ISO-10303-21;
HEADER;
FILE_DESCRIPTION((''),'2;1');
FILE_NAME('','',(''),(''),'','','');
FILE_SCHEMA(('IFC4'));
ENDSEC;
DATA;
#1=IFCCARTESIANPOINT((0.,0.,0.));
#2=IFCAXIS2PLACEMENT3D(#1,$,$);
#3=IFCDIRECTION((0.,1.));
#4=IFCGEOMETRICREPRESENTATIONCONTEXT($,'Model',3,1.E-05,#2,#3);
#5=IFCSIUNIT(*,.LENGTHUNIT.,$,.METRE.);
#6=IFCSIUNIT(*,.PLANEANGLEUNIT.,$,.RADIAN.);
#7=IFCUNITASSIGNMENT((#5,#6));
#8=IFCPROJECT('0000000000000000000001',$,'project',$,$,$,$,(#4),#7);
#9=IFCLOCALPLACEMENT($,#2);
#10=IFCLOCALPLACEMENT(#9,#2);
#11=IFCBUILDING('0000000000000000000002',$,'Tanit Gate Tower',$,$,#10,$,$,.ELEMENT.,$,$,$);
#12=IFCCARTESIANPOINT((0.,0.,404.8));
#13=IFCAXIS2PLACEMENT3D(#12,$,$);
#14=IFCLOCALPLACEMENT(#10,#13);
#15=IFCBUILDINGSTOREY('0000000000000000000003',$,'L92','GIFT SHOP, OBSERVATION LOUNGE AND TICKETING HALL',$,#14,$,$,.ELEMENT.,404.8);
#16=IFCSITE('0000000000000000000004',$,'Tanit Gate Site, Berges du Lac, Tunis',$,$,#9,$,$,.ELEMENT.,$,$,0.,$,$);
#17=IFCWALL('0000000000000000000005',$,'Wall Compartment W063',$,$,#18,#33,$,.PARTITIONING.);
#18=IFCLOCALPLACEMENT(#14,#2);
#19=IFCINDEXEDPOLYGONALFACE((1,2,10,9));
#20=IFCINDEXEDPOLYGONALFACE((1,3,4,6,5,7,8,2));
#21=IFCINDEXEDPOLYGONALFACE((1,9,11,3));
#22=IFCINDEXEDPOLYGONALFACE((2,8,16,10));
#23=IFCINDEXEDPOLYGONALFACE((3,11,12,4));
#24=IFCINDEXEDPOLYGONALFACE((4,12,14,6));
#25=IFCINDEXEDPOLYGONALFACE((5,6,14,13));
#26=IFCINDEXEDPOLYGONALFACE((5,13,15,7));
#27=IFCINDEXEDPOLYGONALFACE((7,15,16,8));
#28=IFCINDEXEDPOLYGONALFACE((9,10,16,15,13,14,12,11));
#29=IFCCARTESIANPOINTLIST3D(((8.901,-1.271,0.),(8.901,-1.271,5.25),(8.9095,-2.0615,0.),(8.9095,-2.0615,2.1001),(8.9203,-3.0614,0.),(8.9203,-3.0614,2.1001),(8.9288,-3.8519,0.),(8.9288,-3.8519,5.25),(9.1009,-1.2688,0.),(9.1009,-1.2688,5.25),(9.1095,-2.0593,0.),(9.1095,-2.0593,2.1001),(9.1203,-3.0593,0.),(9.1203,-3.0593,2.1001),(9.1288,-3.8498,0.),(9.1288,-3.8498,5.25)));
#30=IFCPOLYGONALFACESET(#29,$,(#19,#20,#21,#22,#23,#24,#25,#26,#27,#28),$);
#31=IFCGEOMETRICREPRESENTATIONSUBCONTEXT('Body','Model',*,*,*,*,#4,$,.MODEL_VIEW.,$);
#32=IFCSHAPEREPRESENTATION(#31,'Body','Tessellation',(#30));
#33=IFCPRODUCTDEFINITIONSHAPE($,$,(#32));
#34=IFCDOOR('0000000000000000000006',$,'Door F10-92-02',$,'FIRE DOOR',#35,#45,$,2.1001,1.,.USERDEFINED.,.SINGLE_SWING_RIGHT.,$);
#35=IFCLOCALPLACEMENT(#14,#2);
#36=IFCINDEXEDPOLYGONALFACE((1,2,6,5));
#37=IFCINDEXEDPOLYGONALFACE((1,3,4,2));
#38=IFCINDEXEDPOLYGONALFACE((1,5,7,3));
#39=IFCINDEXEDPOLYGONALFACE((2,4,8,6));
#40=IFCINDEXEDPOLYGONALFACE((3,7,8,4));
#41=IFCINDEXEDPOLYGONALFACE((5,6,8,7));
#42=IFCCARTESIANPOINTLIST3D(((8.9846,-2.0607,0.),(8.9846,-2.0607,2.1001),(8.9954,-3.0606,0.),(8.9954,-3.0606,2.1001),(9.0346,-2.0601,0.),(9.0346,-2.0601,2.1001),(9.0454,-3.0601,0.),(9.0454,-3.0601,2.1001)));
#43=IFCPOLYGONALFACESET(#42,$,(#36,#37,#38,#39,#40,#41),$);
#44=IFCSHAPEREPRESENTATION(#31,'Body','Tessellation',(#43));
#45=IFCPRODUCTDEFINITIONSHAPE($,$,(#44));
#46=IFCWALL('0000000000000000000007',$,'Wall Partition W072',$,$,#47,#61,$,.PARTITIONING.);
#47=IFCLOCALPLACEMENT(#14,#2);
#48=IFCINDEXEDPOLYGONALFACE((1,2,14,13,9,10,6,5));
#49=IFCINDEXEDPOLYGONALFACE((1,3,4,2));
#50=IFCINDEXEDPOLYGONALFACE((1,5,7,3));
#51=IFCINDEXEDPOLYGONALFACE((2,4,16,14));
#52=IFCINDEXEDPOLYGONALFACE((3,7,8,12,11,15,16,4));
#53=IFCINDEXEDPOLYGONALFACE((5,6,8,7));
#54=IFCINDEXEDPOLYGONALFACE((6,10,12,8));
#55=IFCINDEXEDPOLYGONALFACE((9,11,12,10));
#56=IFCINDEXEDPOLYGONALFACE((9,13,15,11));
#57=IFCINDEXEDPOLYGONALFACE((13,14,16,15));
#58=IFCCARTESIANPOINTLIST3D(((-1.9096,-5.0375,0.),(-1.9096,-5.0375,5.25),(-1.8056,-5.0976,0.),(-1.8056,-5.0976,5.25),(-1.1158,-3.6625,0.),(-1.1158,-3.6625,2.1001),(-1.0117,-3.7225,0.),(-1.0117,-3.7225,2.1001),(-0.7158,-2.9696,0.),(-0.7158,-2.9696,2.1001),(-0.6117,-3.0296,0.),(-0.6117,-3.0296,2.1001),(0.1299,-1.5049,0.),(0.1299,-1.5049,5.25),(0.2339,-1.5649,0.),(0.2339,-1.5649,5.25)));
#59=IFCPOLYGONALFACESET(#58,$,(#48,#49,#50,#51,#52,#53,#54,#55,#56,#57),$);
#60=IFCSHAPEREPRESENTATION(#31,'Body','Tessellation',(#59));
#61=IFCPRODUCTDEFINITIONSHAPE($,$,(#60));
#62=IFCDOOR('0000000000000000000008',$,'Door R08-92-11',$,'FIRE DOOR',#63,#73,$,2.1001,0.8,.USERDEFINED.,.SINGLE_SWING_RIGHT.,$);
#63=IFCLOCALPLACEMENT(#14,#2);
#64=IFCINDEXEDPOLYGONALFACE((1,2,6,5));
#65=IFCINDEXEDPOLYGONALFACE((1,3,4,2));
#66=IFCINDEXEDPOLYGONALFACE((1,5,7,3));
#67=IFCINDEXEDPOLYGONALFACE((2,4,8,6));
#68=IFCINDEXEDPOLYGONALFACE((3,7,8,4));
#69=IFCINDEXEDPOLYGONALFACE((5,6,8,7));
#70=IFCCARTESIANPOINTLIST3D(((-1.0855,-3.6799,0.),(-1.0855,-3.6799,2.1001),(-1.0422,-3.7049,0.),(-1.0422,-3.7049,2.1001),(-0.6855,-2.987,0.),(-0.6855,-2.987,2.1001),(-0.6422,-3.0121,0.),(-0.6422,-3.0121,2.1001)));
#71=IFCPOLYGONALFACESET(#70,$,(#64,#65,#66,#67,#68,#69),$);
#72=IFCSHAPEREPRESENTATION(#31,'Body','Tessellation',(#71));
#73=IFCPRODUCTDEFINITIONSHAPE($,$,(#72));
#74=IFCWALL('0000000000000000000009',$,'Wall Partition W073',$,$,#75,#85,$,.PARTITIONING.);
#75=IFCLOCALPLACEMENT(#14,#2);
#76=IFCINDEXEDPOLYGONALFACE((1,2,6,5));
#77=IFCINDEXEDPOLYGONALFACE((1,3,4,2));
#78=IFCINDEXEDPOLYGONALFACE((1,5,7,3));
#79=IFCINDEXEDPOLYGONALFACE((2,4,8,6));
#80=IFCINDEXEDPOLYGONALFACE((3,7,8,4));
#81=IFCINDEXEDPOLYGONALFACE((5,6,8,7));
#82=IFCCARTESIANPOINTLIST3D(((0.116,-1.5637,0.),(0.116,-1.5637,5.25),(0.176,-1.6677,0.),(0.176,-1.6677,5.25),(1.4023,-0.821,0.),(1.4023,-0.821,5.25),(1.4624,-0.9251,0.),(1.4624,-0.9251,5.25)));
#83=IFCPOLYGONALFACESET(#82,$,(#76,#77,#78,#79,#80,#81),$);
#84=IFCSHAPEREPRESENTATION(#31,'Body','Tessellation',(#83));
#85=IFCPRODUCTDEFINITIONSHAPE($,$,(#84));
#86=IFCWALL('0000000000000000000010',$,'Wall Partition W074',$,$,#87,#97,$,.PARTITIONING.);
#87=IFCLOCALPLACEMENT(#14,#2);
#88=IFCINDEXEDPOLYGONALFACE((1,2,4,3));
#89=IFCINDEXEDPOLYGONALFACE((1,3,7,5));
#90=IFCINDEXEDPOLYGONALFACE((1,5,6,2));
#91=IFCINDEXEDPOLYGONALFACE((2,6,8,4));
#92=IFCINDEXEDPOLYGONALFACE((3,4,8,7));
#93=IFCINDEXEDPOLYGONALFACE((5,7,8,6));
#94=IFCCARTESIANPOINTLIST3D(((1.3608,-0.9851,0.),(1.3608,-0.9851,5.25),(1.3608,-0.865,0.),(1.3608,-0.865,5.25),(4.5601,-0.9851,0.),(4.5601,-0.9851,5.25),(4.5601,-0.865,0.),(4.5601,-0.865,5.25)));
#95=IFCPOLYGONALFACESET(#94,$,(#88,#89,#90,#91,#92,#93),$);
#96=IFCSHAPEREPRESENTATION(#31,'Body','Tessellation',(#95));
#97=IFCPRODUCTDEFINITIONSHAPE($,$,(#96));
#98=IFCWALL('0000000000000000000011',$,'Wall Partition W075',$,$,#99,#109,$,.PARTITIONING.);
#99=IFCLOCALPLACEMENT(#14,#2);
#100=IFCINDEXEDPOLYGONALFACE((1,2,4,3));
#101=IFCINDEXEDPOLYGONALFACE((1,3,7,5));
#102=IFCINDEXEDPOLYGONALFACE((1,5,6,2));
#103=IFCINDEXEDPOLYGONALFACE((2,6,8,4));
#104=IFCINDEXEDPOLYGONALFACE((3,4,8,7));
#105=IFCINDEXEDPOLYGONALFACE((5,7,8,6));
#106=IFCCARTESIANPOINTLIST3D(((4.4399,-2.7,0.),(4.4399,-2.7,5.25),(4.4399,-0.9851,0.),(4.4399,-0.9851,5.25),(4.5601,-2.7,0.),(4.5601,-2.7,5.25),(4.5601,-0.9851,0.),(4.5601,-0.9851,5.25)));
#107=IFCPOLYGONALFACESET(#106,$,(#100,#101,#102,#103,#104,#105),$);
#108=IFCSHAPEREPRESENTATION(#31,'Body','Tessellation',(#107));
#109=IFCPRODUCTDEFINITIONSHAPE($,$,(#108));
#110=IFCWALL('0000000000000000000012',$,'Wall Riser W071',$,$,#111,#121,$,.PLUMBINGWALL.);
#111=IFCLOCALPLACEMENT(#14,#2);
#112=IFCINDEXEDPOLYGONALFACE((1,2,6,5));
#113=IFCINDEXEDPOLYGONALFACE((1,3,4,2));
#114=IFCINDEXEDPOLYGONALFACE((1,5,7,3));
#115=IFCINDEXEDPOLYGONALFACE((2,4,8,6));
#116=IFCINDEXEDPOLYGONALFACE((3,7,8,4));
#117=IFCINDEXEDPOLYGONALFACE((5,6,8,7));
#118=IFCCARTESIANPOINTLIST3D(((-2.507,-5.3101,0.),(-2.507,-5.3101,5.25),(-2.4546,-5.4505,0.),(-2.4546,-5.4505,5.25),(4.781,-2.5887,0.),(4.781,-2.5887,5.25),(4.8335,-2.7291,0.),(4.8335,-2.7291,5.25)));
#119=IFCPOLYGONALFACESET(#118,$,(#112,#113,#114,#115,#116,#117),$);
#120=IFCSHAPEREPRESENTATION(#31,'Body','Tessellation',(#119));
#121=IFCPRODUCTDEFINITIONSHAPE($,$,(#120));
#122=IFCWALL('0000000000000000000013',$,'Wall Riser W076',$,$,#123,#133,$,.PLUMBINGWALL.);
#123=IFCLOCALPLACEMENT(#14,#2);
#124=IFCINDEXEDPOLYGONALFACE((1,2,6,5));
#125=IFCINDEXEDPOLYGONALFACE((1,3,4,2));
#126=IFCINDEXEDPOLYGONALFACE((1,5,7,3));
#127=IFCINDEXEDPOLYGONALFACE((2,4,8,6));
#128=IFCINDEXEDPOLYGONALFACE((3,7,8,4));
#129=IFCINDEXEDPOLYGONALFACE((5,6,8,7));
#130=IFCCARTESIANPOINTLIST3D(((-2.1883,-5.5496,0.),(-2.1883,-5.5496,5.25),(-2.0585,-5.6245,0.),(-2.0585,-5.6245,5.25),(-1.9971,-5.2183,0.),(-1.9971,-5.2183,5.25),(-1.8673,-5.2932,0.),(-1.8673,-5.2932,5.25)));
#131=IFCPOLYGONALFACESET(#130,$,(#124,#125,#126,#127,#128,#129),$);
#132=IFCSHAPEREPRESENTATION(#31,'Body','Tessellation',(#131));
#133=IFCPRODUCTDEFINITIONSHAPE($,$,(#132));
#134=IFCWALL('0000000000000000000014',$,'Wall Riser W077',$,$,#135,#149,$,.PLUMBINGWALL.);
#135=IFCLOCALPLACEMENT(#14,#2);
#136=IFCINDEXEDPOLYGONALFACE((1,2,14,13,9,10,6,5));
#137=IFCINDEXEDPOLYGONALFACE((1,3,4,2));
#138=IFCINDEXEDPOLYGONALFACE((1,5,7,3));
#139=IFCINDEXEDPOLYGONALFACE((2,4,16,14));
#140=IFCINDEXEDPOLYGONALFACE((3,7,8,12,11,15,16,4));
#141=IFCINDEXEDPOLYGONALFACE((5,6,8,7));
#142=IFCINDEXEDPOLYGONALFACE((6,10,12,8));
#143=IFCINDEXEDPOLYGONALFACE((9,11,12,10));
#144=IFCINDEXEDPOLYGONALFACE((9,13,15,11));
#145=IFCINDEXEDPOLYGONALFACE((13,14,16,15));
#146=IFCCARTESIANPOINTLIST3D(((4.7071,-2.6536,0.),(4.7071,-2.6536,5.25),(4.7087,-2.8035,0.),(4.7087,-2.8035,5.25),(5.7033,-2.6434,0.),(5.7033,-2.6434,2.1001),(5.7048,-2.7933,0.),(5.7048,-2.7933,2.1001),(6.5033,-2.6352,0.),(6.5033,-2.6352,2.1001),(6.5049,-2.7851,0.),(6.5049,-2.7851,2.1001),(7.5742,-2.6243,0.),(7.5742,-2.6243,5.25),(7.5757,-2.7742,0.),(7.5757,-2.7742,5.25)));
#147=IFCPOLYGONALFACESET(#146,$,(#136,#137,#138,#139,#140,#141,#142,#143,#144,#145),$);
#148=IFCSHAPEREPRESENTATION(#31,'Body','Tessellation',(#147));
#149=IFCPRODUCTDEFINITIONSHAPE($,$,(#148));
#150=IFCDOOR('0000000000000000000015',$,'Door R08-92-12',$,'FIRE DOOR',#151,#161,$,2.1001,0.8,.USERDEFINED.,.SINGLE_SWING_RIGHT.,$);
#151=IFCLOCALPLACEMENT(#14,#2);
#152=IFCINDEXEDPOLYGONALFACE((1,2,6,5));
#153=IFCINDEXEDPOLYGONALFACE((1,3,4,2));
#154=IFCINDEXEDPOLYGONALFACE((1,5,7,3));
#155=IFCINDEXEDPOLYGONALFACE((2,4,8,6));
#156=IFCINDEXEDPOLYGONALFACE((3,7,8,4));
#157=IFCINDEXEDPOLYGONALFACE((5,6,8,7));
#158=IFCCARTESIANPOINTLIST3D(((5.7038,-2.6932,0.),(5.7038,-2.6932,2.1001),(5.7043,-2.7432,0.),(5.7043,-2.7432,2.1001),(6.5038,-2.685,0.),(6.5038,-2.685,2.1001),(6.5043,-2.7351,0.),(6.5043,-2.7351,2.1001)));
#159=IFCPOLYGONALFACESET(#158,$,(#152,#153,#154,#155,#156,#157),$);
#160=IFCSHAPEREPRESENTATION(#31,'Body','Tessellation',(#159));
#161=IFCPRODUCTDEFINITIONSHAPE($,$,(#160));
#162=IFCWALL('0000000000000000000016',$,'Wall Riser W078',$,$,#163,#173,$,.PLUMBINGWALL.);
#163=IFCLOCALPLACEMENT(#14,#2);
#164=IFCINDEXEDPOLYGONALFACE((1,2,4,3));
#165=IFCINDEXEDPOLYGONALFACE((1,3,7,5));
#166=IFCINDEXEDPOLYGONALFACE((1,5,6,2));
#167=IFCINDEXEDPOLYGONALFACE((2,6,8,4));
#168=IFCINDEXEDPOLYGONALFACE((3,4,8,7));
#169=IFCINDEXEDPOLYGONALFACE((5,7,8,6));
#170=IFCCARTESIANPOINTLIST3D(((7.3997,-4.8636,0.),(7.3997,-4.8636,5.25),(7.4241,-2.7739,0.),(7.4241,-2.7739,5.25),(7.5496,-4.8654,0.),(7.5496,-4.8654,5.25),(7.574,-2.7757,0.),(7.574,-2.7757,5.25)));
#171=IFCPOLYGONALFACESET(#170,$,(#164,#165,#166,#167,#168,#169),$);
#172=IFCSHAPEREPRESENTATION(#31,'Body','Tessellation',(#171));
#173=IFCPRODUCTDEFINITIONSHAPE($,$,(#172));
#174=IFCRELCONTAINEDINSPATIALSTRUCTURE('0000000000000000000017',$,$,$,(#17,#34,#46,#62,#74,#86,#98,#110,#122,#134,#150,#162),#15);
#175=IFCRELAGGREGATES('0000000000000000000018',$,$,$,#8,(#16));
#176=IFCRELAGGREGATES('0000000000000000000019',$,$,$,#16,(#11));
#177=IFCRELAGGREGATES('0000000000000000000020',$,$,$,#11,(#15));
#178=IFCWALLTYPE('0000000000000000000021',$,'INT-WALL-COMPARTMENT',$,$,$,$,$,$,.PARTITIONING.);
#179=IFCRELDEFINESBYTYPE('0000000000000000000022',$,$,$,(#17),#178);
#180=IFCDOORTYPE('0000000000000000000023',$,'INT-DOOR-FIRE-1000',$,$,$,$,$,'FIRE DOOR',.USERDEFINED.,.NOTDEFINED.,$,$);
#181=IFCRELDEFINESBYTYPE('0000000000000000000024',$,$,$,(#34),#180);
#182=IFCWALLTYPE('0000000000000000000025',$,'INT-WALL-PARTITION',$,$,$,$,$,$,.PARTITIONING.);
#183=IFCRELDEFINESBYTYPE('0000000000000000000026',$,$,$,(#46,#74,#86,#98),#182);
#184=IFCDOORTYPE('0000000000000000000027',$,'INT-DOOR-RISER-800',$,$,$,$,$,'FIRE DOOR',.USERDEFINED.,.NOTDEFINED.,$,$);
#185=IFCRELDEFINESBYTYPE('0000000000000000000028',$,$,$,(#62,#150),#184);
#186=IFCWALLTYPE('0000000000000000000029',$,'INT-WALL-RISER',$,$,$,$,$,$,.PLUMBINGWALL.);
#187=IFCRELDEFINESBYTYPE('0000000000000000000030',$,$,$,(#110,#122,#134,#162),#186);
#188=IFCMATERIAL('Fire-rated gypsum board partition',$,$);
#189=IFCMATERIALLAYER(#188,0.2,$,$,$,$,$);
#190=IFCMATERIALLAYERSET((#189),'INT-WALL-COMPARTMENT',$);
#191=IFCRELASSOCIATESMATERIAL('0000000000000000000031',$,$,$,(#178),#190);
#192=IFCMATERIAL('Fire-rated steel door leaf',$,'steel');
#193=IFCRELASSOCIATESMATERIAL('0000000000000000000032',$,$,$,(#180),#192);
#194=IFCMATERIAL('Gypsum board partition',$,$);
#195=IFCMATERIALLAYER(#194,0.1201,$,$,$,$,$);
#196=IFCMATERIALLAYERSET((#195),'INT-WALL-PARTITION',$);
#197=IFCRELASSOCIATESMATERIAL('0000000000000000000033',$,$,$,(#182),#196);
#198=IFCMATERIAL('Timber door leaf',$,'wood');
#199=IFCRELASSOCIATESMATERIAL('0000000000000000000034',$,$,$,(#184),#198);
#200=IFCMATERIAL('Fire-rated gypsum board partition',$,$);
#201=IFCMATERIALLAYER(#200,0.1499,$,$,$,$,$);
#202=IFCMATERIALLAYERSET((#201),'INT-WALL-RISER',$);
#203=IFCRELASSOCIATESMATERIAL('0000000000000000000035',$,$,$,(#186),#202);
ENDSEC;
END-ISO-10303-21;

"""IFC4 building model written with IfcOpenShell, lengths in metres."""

from ifc_helpers import new_model, si_unit, direction, frame, frame_2d, origin, place, context, subcontext, project, spatial, rectangle, extrude, material, layer, layer_set, type_object, element, fill, save


model = new_model("IFC4")

# Units and contexts
model_context = context("Model", 3, precision=1e-05, world=origin(), true_north=direction((0.0, 1.0)))
body_context = subcontext(model_context, "Body", "Model", "MODEL_VIEW")
ifc_project = project(units=[si_unit("LENGTHUNIT", "METRE"), si_unit("PLANEANGLEUNIT", "RADIAN")], contexts=[model_context])

# Site, building, storey
site_placement = place(None, origin())
site = spatial("IfcSite", under=ifc_project, at=site_placement, Name="Tanit Gate Site, Berges du Lac, Tunis", CompositionType="ELEMENT", RefElevation=0.0)
building_placement = place(site_placement, origin())
building = spatial("IfcBuilding", under=site, at=building_placement, Name="Tanit Gate Tower", CompositionType="ELEMENT")
storey_placement = place(building_placement, frame((0.0, 0.0, 404.8)))
storey = spatial("IfcBuildingStorey", under=building, at=storey_placement, Name="L92", Description="GIFT SHOP, OBSERVATION LOUNGE AND TICKETING HALL", CompositionType="ELEMENT", Elevation=404.8)

# Walls, openings, doors
ifc_material_1 = material(Name="Fire-rated gypsum board partition")
ifc_layer_1 = layer(ifc_material_1, 0.2)
ifc_layer_set_1 = layer_set([ifc_layer_1], Name="INT-WALL-COMPARTMENT")
wall_type_1 = type_object("IfcWallType", Name="INT-WALL-COMPARTMENT", PredefinedType="PARTITIONING", material=ifc_layer_set_1)
wall_1_placement = place(storey_placement, frame((9.0288, -3.8508, 0.0), z_axis=(0.0, 0.0, 1.0), x_axis=(-0.010784, 0.999942, 0.0)))
wall_1 = element("IfcWall", 1, at=wall_1_placement, inside=storey, type_object=wall_type_1, Name="Wall Compartment W063", PredefinedType="PARTITIONING", context=body_context, shape_type="SweptSolid", body=[
    extrude(rectangle(XDim=2.5811, YDim=0.2, at=frame_2d((1.2905, 0.0))), origin(), (0.0, 0.0, 1.0), 5.25),
])
opening_1_placement = place(wall_1_placement, frame((0.7905, 0.0, 0.0)))
opening_1 = element("IfcOpeningElement", 2, at=opening_1_placement, cuts=wall_1, PredefinedType="OPENING", context=body_context, shape_type="SweptSolid", body=[
    extrude(rectangle(XDim=1.0, YDim=2.1001, at=frame_2d((0.5, 1.05))), frame((0.0, 0.1099, 0.0), z_axis=(0.0, -1.0, 0.0), x_axis=(1.0, 0.0, 0.0)), (0.0, 0.0, 1.0), 0.22),
])
ifc_material_2 = material(Name="Fire-rated steel door leaf", Category="steel")
door_type_1 = type_object("IfcDoorType", Name="INT-DOOR-FIRE-1000", ElementType="FIRE DOOR", OperationType="NOTDEFINED", PredefinedType="USERDEFINED", material=ifc_material_2)
door_1_placement = place(opening_1_placement, origin())
door_1 = element("IfcDoor", 3, at=door_1_placement, inside=storey, type_object=door_type_1, Name="Door F10-92-02", ObjectType="FIRE DOOR", OperationType="SINGLE_SWING_RIGHT", OverallHeight=2.1001, OverallWidth=1.0, PredefinedType="USERDEFINED", context=body_context, shape_type="SweptSolid", body=[
    extrude(rectangle(XDim=1.0, YDim=2.1001, at=frame_2d((0.5, 1.05))), frame((0.0, 0.0249, 0.0), z_axis=(0.0, -1.0, 0.0), x_axis=(1.0, 0.0, 0.0)), (0.0, 0.0, 1.0), 0.05),
])
fill(opening_1, door_1)
ifc_material_3 = material(Name="Gypsum board partition")
ifc_layer_2 = layer(ifc_material_3, 0.1201)
ifc_layer_set_2 = layer_set([ifc_layer_2], Name="INT-WALL-PARTITION")
wall_type_2 = type_object("IfcWallType", Name="INT-WALL-PARTITION", PredefinedType="PARTITIONING", material=ifc_layer_set_2)
wall_2_placement = place(storey_placement, frame((0.1819, -1.5349, 0.0), z_axis=(0.0, 0.0, 1.0), x_axis=(-0.499988, -0.866032, 0.0)))
wall_2 = element("IfcWall", 4, at=wall_2_placement, inside=storey, type_object=wall_type_2, Name="Wall Partition W072", PredefinedType="PARTITIONING", context=body_context, shape_type="SweptSolid", body=[
    extrude(rectangle(XDim=4.0791, YDim=0.1201, at=frame_2d((2.0396, 0.0))), origin(), (0.0, 0.0, 1.0), 5.25),
])
opening_2_placement = place(wall_2_placement, frame((1.6914, 0.0, 0.0)))
opening_2 = element("IfcOpeningElement", 5, at=opening_2_placement, cuts=wall_2, PredefinedType="OPENING", context=body_context, shape_type="SweptSolid", body=[
    extrude(rectangle(XDim=0.8, YDim=2.1001, at=frame_2d((0.3999, 1.05))), frame((0.0, 0.0701, 0.0), z_axis=(0.0, -1.0, 0.0), x_axis=(1.0, 0.0, 0.0)), (0.0, 0.0, 1.0), 0.1401),
])
ifc_material_4 = material(Name="Timber door leaf", Category="wood")
door_type_2 = type_object("IfcDoorType", Name="INT-DOOR-RISER-800", ElementType="FIRE DOOR", OperationType="NOTDEFINED", PredefinedType="USERDEFINED", material=ifc_material_4)
door_2_placement = place(opening_2_placement, origin())
door_2 = element("IfcDoor", 6, at=door_2_placement, inside=storey, type_object=door_type_2, Name="Door R08-92-11", ObjectType="FIRE DOOR", OperationType="SINGLE_SWING_RIGHT", OverallHeight=2.1001, OverallWidth=0.8, PredefinedType="USERDEFINED", context=body_context, shape_type="SweptSolid", body=[
    extrude(rectangle(XDim=0.8, YDim=2.1001, at=frame_2d((0.3999, 1.05))), frame((0.0, 0.0249, 0.0), z_axis=(0.0, -1.0, 0.0), x_axis=(1.0, 0.0, 0.0)), (0.0, 0.0, 1.0), 0.05),
])
fill(opening_2, door_2)

# Walls
wall_3_placement = place(storey_placement, frame((1.4324, -0.873, 0.0), z_axis=(0.0, 0.0, 1.0), x_axis=(-0.86603, -0.499993, 0.0)))
element("IfcWall", 7, at=wall_3_placement, inside=storey, type_object=wall_type_2, Name="Wall Partition W073", PredefinedType="PARTITIONING", context=body_context, shape_type="SweptSolid", body=[
    extrude(rectangle(XDim=1.4854, YDim=0.1201, at=frame_2d((0.7427, 0.0))), origin(), (0.0, 0.0, 1.0), 5.25),
])
wall_4_placement = place(storey_placement, frame((4.5601, -0.925, 0.0), z_axis=(0.0, 0.0, 1.0), x_axis=(-1.0, 0.0, 0.0)))
element("IfcWall", 8, at=wall_4_placement, inside=storey, type_object=wall_type_2, Name="Wall Partition W074", PredefinedType="PARTITIONING", context=body_context, shape_type="SweptSolid", body=[
    extrude(rectangle(XDim=3.1992, YDim=0.1201, at=frame_2d((1.5996, 0.0))), origin(), (0.0, 0.0, 1.0), 5.25),
])
wall_5_placement = place(storey_placement, frame((4.5, -2.7, 0.0), z_axis=(0.0, 0.0, 1.0), x_axis=(0.0, 1.0, 0.0)))
element("IfcWall", 9, at=wall_5_placement, inside=storey, type_object=wall_type_2, Name="Wall Partition W075", PredefinedType="PARTITIONING", context=body_context, shape_type="SweptSolid", body=[
    extrude(rectangle(XDim=1.7148, YDim=0.1201, at=frame_2d((0.8574, 0.0))), origin(), (0.0, 0.0, 1.0), 5.25),
])
ifc_material_5 = material(Name="Fire-rated gypsum board partition")
ifc_layer_3 = layer(ifc_material_5, 0.1499)
ifc_layer_set_3 = layer_set([ifc_layer_3], Name="INT-WALL-RISER")
wall_type_3 = type_object("IfcWallType", Name="INT-WALL-RISER", PredefinedType="PLUMBINGWALL", material=ifc_layer_set_3)
wall_6_placement = place(storey_placement, frame((4.8071, -2.6589, 0.0), z_axis=(0.0, 0.0, 1.0), x_axis=(-0.936818, -0.349816, 0.0)))
element("IfcWall", 10, at=wall_6_placement, inside=storey, type_object=wall_type_3, Name="Wall Riser W071", PredefinedType="PLUMBINGWALL", context=body_context, shape_type="SweptSolid", body=[
    extrude(rectangle(XDim=7.7795, YDim=0.1499, at=frame_2d((3.8896, 0.0))), origin(), (0.0, 0.0, 1.0), 5.25),
])
wall_7_placement = place(storey_placement, frame((-1.9321, -5.2556, 0.0), z_axis=(0.0, 0.0, 1.0), x_axis=(-0.499778, -0.866154, 0.0)))
element("IfcWall", 11, at=wall_7_placement, inside=storey, type_object=wall_type_3, Name="Wall Riser W076", PredefinedType="PLUMBINGWALL", context=body_context, shape_type="SweptSolid", body=[
    extrude(rectangle(XDim=0.3826, YDim=0.1499, at=frame_2d((0.1914, 0.0))), origin(), (0.0, 0.0, 1.0), 5.25),
])

# Wall, opening, door
wall_8_placement = place(storey_placement, frame((7.575, -2.6992, 0.0), z_axis=(0.0, 0.0, 1.0), x_axis=(-0.999948, -0.010218, 0.0)))
wall_8 = element("IfcWall", 12, at=wall_8_placement, inside=storey, type_object=wall_type_3, Name="Wall Riser W077", PredefinedType="PLUMBINGWALL", context=body_context, shape_type="SweptSolid", body=[
    extrude(rectangle(XDim=2.8672, YDim=0.1499, at=frame_2d((1.4336, 0.0))), origin(), (0.0, 0.0, 1.0), 5.25),
])
opening_3_placement = place(wall_8_placement, frame((1.071, 0.0, 0.0)))
opening_3 = element("IfcOpeningElement", 13, at=opening_3_placement, cuts=wall_8, PredefinedType="OPENING", context=body_context, shape_type="SweptSolid", body=[
    extrude(rectangle(XDim=0.8, YDim=2.1001, at=frame_2d((0.3999, 1.05))), frame((0.0, 0.085, 0.0), z_axis=(0.0, -1.0, 0.0), x_axis=(1.0, 0.0, 0.0)), (0.0, 0.0, 1.0), 0.1699),
])
door_3_placement = place(opening_3_placement, origin())
door_3 = element("IfcDoor", 14, at=door_3_placement, inside=storey, type_object=door_type_2, Name="Door R08-92-12", ObjectType="FIRE DOOR", OperationType="SINGLE_SWING_RIGHT", OverallHeight=2.1001, OverallWidth=0.8, PredefinedType="USERDEFINED", context=body_context, shape_type="SweptSolid", body=[
    extrude(rectangle(XDim=0.8, YDim=2.1001, at=frame_2d((0.3999, 1.05))), frame((0.0, 0.0249, 0.0), z_axis=(0.0, -1.0, 0.0), x_axis=(1.0, 0.0, 0.0)), (0.0, 0.0, 1.0), 0.05),
])
fill(opening_3, door_3)

# Wall
wall_9_placement = place(storey_placement, frame((7.4746, -4.8645, 0.0), z_axis=(0.0, 0.0, 1.0), x_axis=(0.011683, 0.999932, 0.0)))
element("IfcWall", 15, at=wall_9_placement, inside=storey, type_object=wall_type_3, Name="Wall Riser W078", PredefinedType="PLUMBINGWALL", context=body_context, shape_type="SweptSolid", body=[
    extrude(rectangle(XDim=2.0898, YDim=0.1499, at=frame_2d((1.0449, 0.0))), origin(), (0.0, 0.0, 1.0), 5.25),
])

save(model, "model.ifc")
